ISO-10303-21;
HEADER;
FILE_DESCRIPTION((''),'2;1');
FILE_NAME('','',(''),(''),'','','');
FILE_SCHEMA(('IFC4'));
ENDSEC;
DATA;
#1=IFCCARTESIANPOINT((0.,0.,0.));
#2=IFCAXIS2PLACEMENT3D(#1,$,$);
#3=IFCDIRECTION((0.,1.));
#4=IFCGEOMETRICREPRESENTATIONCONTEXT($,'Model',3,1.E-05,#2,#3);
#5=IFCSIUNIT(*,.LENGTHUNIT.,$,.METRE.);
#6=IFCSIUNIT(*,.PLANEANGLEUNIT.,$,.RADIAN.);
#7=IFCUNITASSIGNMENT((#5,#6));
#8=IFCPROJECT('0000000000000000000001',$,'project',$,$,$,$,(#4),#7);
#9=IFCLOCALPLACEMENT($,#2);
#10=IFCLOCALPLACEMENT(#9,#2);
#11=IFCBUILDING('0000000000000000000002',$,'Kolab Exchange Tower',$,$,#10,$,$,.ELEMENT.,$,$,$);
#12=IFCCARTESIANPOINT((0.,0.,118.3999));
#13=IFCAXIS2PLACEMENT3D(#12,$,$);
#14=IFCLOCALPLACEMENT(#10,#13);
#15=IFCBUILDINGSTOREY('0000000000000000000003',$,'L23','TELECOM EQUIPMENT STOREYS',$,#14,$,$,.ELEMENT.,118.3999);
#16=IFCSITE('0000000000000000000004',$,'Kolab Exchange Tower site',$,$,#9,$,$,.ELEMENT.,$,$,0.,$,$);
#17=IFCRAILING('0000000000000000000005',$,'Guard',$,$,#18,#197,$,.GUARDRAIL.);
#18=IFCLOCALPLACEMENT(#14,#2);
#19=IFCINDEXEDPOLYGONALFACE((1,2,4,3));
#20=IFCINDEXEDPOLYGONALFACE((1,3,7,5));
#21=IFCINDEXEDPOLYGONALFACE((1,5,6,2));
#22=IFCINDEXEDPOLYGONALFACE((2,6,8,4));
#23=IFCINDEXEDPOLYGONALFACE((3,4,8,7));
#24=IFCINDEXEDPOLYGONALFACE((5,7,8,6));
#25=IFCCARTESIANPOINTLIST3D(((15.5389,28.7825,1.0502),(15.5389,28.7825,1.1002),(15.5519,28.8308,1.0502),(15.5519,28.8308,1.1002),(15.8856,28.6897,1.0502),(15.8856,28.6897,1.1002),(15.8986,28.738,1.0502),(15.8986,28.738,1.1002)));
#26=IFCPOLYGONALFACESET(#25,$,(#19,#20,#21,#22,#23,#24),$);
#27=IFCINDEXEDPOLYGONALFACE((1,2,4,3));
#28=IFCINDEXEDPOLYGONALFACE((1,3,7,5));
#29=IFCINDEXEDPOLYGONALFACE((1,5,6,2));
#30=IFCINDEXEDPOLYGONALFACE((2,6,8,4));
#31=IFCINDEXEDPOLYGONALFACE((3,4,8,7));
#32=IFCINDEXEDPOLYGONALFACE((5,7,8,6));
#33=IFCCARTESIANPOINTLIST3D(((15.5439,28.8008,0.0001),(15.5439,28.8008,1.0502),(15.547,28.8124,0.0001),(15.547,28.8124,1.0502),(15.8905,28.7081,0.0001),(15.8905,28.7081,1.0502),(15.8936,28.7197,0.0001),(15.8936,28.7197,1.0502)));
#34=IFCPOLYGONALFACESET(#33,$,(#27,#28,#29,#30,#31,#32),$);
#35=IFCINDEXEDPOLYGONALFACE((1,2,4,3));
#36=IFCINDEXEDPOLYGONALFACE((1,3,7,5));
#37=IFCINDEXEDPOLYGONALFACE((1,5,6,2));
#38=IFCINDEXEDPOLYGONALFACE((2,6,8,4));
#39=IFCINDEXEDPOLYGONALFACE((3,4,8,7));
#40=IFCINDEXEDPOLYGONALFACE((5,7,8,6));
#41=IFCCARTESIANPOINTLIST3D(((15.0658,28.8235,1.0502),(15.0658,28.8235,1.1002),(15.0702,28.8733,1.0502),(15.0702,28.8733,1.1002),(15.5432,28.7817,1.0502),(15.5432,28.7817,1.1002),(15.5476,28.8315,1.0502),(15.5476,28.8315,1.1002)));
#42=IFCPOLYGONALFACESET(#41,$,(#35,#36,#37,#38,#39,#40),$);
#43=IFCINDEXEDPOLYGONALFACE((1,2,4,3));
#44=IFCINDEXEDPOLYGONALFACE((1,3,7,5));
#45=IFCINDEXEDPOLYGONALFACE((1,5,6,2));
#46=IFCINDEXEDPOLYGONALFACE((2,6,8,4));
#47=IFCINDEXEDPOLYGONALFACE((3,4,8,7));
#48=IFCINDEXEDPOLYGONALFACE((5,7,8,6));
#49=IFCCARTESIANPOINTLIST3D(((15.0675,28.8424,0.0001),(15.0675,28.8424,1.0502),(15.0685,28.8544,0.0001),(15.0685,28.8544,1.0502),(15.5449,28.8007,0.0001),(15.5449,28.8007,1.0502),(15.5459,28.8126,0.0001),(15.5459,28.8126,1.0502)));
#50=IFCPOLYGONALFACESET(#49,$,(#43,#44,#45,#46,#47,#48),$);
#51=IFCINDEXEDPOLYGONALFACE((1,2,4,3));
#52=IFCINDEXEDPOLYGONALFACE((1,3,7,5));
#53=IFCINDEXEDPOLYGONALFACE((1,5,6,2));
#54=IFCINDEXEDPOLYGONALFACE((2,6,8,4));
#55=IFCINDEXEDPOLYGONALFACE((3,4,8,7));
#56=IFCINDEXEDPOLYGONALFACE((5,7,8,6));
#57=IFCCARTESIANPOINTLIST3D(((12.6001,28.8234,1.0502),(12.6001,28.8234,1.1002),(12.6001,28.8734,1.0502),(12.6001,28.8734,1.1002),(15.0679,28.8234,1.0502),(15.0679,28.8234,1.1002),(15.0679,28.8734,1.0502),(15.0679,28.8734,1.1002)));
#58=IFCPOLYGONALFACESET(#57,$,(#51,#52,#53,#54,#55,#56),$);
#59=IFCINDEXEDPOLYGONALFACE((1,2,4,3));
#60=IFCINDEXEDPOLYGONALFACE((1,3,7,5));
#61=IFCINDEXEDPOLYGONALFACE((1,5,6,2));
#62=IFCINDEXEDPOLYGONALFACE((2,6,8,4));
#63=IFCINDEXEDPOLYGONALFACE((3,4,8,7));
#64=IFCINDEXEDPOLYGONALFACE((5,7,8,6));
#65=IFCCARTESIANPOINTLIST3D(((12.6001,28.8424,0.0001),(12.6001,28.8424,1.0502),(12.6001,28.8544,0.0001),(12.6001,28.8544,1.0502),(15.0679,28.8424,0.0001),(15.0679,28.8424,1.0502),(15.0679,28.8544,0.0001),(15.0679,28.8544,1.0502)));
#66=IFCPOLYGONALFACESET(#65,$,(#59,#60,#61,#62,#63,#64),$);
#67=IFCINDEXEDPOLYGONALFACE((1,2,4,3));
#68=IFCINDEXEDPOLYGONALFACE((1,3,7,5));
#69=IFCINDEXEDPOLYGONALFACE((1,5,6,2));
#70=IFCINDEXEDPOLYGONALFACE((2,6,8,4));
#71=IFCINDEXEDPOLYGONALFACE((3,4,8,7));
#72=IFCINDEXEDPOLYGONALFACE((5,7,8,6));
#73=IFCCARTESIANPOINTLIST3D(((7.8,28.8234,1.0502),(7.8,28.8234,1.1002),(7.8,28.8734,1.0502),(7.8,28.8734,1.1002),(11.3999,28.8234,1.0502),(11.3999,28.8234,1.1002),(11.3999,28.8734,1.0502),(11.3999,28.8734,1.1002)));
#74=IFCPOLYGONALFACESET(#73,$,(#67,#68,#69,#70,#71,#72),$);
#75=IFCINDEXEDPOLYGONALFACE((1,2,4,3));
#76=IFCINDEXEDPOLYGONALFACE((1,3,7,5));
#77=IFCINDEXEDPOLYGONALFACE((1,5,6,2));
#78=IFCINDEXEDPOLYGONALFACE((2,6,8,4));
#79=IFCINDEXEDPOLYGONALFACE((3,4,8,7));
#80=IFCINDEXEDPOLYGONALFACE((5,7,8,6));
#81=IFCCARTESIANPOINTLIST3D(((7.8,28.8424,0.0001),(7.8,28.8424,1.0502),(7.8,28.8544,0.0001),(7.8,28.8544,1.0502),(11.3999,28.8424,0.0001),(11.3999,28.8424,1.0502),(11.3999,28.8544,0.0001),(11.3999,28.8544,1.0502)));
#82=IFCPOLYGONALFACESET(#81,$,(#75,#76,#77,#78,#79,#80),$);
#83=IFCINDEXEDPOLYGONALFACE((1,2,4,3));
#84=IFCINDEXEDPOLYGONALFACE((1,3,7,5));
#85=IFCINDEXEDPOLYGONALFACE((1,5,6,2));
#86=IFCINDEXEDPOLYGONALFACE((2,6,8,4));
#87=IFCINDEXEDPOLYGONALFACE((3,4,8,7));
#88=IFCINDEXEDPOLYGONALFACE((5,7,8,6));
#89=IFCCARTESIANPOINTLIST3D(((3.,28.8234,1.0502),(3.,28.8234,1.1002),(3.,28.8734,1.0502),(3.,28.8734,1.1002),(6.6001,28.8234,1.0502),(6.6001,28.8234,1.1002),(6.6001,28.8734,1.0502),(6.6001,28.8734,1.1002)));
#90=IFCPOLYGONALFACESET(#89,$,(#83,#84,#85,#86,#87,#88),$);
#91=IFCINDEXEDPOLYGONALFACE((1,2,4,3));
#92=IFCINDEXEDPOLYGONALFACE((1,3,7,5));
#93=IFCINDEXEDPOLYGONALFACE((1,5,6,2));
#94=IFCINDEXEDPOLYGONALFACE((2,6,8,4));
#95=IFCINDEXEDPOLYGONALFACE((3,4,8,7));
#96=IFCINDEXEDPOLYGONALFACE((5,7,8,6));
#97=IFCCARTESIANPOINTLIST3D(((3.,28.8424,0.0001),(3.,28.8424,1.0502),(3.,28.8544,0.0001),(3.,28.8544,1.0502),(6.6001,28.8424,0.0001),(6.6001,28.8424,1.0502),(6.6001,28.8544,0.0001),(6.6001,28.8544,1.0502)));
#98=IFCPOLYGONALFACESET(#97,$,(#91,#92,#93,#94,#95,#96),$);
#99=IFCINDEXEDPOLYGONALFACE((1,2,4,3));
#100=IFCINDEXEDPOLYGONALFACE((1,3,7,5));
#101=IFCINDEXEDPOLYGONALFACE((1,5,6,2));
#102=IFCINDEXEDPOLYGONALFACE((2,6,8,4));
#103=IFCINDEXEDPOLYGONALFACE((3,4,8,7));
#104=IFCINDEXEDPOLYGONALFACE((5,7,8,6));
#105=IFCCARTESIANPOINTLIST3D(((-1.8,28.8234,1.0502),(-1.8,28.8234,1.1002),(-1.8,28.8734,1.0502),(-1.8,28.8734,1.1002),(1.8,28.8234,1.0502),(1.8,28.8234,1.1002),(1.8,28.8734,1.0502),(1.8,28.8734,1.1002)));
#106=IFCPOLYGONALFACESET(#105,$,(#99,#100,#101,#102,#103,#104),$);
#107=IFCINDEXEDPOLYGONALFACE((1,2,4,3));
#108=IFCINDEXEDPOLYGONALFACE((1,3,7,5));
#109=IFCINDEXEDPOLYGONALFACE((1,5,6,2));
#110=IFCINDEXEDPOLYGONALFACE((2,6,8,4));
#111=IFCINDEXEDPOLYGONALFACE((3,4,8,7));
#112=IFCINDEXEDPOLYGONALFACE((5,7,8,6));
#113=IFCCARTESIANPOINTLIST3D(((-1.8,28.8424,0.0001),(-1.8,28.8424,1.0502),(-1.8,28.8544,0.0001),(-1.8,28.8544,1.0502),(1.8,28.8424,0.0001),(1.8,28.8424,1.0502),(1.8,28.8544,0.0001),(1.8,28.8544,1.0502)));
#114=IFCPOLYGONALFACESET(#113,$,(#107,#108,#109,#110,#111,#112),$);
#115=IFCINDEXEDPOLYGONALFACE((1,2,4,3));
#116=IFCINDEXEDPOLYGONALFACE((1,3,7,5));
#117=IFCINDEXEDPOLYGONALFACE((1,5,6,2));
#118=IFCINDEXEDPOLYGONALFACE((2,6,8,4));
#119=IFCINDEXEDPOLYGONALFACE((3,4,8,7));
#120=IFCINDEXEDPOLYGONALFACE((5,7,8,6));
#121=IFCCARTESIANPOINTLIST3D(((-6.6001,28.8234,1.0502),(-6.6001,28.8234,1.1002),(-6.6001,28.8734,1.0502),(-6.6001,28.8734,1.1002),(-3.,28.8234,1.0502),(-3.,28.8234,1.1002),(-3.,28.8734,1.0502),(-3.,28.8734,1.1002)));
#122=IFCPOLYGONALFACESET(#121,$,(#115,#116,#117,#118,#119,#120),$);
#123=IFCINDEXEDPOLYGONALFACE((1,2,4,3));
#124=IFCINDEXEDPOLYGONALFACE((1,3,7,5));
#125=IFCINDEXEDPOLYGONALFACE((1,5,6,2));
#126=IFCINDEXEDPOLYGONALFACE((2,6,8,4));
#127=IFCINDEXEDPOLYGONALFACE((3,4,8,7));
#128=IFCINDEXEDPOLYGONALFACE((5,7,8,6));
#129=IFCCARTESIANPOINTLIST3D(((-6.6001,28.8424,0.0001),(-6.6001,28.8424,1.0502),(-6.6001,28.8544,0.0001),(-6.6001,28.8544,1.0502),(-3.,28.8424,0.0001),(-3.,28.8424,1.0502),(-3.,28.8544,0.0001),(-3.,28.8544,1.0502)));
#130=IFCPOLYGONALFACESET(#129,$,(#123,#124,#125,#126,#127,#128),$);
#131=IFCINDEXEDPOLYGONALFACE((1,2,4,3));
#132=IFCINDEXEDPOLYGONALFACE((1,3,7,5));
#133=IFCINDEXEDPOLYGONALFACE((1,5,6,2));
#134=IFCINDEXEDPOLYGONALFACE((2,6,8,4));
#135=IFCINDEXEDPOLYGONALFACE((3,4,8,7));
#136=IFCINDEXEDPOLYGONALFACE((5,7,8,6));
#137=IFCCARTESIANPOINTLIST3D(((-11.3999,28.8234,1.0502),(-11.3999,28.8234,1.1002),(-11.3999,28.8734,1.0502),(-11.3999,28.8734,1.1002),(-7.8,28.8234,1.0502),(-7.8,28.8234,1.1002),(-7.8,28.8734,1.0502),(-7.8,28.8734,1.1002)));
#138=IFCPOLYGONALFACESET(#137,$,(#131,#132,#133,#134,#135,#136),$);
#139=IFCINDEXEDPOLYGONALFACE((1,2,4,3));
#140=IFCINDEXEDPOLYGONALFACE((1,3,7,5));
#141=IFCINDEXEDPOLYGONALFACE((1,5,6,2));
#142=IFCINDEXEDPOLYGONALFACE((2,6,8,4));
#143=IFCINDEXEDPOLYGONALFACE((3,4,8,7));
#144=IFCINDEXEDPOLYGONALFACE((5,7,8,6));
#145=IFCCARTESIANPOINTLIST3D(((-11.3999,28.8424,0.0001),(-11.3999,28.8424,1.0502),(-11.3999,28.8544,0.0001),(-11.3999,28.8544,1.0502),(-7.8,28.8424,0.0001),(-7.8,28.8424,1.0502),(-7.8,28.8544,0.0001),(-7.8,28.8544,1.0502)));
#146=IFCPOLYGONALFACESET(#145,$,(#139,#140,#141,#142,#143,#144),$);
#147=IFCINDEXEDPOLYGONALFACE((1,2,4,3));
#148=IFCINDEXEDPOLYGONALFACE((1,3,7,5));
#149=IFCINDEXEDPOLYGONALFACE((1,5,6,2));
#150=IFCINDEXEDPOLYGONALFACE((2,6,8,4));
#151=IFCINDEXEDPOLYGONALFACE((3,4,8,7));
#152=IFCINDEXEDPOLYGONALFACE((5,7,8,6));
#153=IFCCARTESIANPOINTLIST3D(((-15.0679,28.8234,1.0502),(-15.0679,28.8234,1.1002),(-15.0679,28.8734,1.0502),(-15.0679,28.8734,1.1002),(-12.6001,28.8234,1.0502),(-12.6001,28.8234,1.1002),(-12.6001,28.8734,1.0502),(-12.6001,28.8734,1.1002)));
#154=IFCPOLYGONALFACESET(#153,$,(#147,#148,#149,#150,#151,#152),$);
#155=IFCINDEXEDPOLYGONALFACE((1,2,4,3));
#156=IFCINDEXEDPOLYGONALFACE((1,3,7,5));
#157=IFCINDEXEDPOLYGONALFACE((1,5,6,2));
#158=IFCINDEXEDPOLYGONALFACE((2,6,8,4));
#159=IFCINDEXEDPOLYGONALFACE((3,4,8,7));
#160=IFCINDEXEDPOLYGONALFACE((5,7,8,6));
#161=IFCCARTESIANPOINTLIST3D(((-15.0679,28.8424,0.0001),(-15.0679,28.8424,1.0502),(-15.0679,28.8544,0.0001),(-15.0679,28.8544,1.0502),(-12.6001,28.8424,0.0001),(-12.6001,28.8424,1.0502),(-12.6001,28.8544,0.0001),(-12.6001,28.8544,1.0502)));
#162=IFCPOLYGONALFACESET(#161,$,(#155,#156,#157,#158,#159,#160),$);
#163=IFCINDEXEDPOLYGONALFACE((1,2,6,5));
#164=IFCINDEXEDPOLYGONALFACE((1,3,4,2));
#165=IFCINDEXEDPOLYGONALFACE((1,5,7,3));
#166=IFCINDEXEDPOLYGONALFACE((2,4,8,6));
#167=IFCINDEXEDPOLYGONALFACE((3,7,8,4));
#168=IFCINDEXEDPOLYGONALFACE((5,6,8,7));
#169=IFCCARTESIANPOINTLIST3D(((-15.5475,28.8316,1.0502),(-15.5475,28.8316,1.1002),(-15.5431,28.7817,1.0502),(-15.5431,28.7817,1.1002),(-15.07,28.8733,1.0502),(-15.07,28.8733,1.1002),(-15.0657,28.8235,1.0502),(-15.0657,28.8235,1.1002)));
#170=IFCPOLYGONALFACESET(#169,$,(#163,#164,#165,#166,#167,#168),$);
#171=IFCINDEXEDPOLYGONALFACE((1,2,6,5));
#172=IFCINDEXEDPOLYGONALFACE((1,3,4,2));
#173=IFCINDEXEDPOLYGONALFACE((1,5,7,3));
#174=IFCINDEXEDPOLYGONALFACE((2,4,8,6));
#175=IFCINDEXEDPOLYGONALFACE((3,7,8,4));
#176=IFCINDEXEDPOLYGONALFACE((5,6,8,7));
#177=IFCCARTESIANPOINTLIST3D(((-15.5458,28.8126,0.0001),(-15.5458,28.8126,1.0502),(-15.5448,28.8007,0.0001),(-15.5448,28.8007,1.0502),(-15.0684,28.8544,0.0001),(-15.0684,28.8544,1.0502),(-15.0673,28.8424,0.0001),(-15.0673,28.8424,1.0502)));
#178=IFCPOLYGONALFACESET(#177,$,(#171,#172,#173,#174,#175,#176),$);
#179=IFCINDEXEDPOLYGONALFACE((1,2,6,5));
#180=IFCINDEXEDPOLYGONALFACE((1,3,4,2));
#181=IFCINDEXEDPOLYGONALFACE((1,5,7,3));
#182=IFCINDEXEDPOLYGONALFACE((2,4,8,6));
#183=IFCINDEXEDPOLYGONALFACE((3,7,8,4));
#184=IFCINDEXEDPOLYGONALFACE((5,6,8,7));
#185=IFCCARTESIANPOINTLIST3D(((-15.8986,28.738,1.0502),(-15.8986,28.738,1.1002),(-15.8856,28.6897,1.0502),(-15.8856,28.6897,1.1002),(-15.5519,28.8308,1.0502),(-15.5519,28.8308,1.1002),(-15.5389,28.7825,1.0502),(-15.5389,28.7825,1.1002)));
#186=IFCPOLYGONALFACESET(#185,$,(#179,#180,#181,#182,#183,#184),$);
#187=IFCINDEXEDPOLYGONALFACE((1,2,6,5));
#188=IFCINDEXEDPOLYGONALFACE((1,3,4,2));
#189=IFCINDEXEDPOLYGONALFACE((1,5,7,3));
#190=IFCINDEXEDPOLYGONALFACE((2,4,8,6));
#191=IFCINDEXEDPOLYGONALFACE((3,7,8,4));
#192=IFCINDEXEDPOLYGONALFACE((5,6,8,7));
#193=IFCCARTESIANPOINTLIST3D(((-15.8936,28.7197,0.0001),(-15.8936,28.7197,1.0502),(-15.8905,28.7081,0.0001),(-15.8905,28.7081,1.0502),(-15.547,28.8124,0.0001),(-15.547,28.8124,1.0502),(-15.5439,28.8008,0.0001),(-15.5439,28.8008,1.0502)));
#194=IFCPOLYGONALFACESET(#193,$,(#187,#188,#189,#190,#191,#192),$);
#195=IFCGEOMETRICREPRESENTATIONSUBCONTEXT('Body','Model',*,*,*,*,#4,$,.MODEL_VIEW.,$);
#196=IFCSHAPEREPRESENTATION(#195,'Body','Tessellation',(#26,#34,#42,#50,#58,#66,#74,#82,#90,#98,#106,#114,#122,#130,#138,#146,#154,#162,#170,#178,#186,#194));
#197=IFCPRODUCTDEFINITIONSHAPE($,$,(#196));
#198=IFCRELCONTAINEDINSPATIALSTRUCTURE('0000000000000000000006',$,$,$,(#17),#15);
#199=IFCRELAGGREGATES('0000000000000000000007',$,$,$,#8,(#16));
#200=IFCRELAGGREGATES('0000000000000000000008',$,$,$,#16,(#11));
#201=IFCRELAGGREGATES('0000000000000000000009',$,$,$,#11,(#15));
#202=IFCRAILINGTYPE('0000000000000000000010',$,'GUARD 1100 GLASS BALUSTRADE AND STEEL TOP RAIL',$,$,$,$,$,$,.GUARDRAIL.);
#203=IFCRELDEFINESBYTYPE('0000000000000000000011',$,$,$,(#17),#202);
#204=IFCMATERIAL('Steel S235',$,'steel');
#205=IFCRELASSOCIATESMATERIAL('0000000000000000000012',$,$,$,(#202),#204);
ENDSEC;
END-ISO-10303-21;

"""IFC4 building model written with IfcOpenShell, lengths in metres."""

from ifc_helpers import new_model, si_unit, direction, frame, frame_2d, origin, origin_2d, place, context, subcontext, project, spatial, rectangle, extrude, material, type_object, element, save


model = new_model("IFC4")

# Units and contexts
model_context = context("Model", 3, precision=1e-05, world=origin(), true_north=direction((0.0, 1.0)))
body_context = subcontext(model_context, "Body", "Model", "MODEL_VIEW")
ifc_project = project(units=[si_unit("LENGTHUNIT", "METRE"), si_unit("PLANEANGLEUNIT", "RADIAN")], contexts=[model_context])

# Site, building, storey
site_placement = place(None, origin())
site = spatial("IfcSite", under=ifc_project, at=site_placement, Name="Kolab Exchange Tower site", CompositionType="ELEMENT", RefElevation=0.0)
building_placement = place(site_placement, origin())
building = spatial("IfcBuilding", under=site, at=building_placement, Name="Kolab Exchange Tower", CompositionType="ELEMENT")
storey_placement = place(building_placement, frame((0.0, 0.0, 118.3999)))
storey = spatial("IfcBuildingStorey", under=building, at=storey_placement, Name="L23", Description="TELECOM EQUIPMENT STOREYS", CompositionType="ELEMENT", Elevation=118.3999)

# Railing
ifc_material_1 = material(Name="Steel S235", Category="steel")
railing_type = type_object("IfcRailingType", Name="GUARD 1100 GLASS BALUSTRADE AND STEEL TOP RAIL", PredefinedType="GUARDRAIL", material=ifc_material_1)
railing_placement = place(storey_placement, frame((15.8921, 28.7139, 0.0)))
element("IfcRailing", 1, at=railing_placement, inside=storey, type_object=railing_type, Name="Guard", PredefinedType="GUARDRAIL", context=body_context, shape_type="SweptSolid", body=[
    extrude(rectangle(XDim=0.05, YDim=0.05, at=origin_2d()), frame((0.0, 0.0, 1.0752), z_axis=(-0.966009, 0.258509, 0.0), x_axis=(-0.258509, -0.966009, 0.0)), (0.0, 0.0, 1.0), 0.3589),
    extrude(rectangle(XDim=0.012, YDim=1.0501, at=frame_2d((0.0, 0.5251))), frame((0.0, 0.0, 0.0), z_axis=(-0.966009, 0.258509, 0.0), x_axis=(-0.258509, -0.966009, 0.0)), (0.0, 0.0, 1.0), 0.3589),
    extrude(rectangle(XDim=0.05, YDim=0.05, at=origin_2d()), frame((-0.3467, 0.0928, 1.0752), z_axis=(-0.9962, 0.087091, 0.0), x_axis=(-0.087091, -0.9962, 0.0)), (0.0, 0.0, 1.0), 0.4792),
    extrude(rectangle(XDim=0.012, YDim=1.0501, at=frame_2d((0.0, 0.5251))), frame((-0.3467, 0.0928, 0.0), z_axis=(-0.9962, 0.087091, 0.0), x_axis=(-0.087091, -0.9962, 0.0)), (0.0, 0.0, 1.0), 0.4792),
    extrude(rectangle(XDim=0.05, YDim=0.05, at=origin_2d()), frame((-0.8242, 0.1345, 1.0752), z_axis=(-1.0, 0.0, 0.0), x_axis=(0.0, -1.0, 0.0)), (0.0, 0.0, 1.0), 2.4678),
    extrude(rectangle(XDim=0.012, YDim=1.0501, at=frame_2d((0.0, 0.5251))), frame((-0.8242, 0.1345, 0.0), z_axis=(-1.0, 0.0, 0.0), x_axis=(0.0, -1.0, 0.0)), (0.0, 0.0, 1.0), 2.4678),
    extrude(rectangle(XDim=0.05, YDim=0.05, at=origin_2d()), frame((-4.4922, 0.1345, 1.0752), z_axis=(-1.0, 0.0, 0.0), x_axis=(0.0, -1.0, 0.0)), (0.0, 0.0, 1.0), 3.5999),
    extrude(rectangle(XDim=0.012, YDim=1.0501, at=frame_2d((0.0, 0.5251))), frame((-4.4922, 0.1345, 0.0), z_axis=(-1.0, 0.0, 0.0), x_axis=(0.0, -1.0, 0.0)), (0.0, 0.0, 1.0), 3.5999),
    extrude(rectangle(XDim=0.05, YDim=0.05, at=origin_2d()), frame((-9.292, 0.1345, 1.0752), z_axis=(-1.0, 0.0, 0.0), x_axis=(0.0, -1.0, 0.0)), (0.0, 0.0, 1.0), 3.6001),
    extrude(rectangle(XDim=0.012, YDim=1.0501, at=frame_2d((0.0, 0.5251))), frame((-9.292, 0.1345, 0.0), z_axis=(-1.0, 0.0, 0.0), x_axis=(0.0, -1.0, 0.0)), (0.0, 0.0, 1.0), 3.6001),
    extrude(rectangle(XDim=0.05, YDim=0.05, at=origin_2d()), frame((-14.092, 0.1345, 1.0752), z_axis=(-1.0, 0.0, 0.0), x_axis=(0.0, -1.0, 0.0)), (0.0, 0.0, 1.0), 3.6001),
    extrude(rectangle(XDim=0.012, YDim=1.0501, at=frame_2d((0.0, 0.5251))), frame((-14.092, 0.1345, 0.0), z_axis=(-1.0, 0.0, 0.0), x_axis=(0.0, -1.0, 0.0)), (0.0, 0.0, 1.0), 3.6001),
    extrude(rectangle(XDim=0.05, YDim=0.05, at=origin_2d()), frame((-18.8921, 0.1345, 1.0752), z_axis=(-1.0, 0.0, 0.0), x_axis=(0.0, -1.0, 0.0)), (0.0, 0.0, 1.0), 3.6001),
    extrude(rectangle(XDim=0.012, YDim=1.0501, at=frame_2d((0.0, 0.5251))), frame((-18.8921, 0.1345, 0.0), z_axis=(-1.0, 0.0, 0.0), x_axis=(0.0, -1.0, 0.0)), (0.0, 0.0, 1.0), 3.6001),
    extrude(rectangle(XDim=0.05, YDim=0.05, at=origin_2d()), frame((-23.6921, 0.1345, 1.0752), z_axis=(-1.0, 0.0, 0.0), x_axis=(0.0, -1.0, 0.0)), (0.0, 0.0, 1.0), 3.5999),
    extrude(rectangle(XDim=0.012, YDim=1.0501, at=frame_2d((0.0, 0.5251))), frame((-23.6921, 0.1345, 0.0), z_axis=(-1.0, 0.0, 0.0), x_axis=(0.0, -1.0, 0.0)), (0.0, 0.0, 1.0), 3.5999),
    extrude(rectangle(XDim=0.05, YDim=0.05, at=origin_2d()), frame((-28.4922, 0.1345, 1.0752), z_axis=(-1.0, 0.0, 0.0), x_axis=(0.0, -1.0, 0.0)), (0.0, 0.0, 1.0), 2.4678),
    extrude(rectangle(XDim=0.012, YDim=1.0501, at=frame_2d((0.0, 0.5251))), frame((-28.4922, 0.1345, 0.0), z_axis=(-1.0, 0.0, 0.0), x_axis=(0.0, -1.0, 0.0)), (0.0, 0.0, 1.0), 2.4678),
    extrude(rectangle(XDim=0.05, YDim=0.05, at=origin_2d()), frame((-30.96, 0.1345, 1.0752), z_axis=(-0.9962, -0.087091, 0.0), x_axis=(0.087091, -0.9962, 0.0)), (0.0, 0.0, 1.0), 0.4792),
    extrude(rectangle(XDim=0.012, YDim=1.0501, at=frame_2d((0.0, 0.5251))), frame((-30.96, 0.1345, 0.0), z_axis=(-0.9962, -0.087091, 0.0), x_axis=(0.087091, -0.9962, 0.0)), (0.0, 0.0, 1.0), 0.4792),
    extrude(rectangle(XDim=0.05, YDim=0.05, at=origin_2d()), frame((-31.4375, 0.0928, 1.0752), z_axis=(-0.966009, -0.258509, 0.0), x_axis=(0.258509, -0.966009, 0.0)), (0.0, 0.0, 1.0), 0.3589),
    extrude(rectangle(XDim=0.012, YDim=1.0501, at=frame_2d((0.0, 0.5251))), frame((-31.4375, 0.0928, 0.0), z_axis=(-0.966009, -0.258509, 0.0), x_axis=(0.258509, -0.966009, 0.0)), (0.0, 0.0, 1.0), 0.3589),
])

save(model, "model.ifc")
